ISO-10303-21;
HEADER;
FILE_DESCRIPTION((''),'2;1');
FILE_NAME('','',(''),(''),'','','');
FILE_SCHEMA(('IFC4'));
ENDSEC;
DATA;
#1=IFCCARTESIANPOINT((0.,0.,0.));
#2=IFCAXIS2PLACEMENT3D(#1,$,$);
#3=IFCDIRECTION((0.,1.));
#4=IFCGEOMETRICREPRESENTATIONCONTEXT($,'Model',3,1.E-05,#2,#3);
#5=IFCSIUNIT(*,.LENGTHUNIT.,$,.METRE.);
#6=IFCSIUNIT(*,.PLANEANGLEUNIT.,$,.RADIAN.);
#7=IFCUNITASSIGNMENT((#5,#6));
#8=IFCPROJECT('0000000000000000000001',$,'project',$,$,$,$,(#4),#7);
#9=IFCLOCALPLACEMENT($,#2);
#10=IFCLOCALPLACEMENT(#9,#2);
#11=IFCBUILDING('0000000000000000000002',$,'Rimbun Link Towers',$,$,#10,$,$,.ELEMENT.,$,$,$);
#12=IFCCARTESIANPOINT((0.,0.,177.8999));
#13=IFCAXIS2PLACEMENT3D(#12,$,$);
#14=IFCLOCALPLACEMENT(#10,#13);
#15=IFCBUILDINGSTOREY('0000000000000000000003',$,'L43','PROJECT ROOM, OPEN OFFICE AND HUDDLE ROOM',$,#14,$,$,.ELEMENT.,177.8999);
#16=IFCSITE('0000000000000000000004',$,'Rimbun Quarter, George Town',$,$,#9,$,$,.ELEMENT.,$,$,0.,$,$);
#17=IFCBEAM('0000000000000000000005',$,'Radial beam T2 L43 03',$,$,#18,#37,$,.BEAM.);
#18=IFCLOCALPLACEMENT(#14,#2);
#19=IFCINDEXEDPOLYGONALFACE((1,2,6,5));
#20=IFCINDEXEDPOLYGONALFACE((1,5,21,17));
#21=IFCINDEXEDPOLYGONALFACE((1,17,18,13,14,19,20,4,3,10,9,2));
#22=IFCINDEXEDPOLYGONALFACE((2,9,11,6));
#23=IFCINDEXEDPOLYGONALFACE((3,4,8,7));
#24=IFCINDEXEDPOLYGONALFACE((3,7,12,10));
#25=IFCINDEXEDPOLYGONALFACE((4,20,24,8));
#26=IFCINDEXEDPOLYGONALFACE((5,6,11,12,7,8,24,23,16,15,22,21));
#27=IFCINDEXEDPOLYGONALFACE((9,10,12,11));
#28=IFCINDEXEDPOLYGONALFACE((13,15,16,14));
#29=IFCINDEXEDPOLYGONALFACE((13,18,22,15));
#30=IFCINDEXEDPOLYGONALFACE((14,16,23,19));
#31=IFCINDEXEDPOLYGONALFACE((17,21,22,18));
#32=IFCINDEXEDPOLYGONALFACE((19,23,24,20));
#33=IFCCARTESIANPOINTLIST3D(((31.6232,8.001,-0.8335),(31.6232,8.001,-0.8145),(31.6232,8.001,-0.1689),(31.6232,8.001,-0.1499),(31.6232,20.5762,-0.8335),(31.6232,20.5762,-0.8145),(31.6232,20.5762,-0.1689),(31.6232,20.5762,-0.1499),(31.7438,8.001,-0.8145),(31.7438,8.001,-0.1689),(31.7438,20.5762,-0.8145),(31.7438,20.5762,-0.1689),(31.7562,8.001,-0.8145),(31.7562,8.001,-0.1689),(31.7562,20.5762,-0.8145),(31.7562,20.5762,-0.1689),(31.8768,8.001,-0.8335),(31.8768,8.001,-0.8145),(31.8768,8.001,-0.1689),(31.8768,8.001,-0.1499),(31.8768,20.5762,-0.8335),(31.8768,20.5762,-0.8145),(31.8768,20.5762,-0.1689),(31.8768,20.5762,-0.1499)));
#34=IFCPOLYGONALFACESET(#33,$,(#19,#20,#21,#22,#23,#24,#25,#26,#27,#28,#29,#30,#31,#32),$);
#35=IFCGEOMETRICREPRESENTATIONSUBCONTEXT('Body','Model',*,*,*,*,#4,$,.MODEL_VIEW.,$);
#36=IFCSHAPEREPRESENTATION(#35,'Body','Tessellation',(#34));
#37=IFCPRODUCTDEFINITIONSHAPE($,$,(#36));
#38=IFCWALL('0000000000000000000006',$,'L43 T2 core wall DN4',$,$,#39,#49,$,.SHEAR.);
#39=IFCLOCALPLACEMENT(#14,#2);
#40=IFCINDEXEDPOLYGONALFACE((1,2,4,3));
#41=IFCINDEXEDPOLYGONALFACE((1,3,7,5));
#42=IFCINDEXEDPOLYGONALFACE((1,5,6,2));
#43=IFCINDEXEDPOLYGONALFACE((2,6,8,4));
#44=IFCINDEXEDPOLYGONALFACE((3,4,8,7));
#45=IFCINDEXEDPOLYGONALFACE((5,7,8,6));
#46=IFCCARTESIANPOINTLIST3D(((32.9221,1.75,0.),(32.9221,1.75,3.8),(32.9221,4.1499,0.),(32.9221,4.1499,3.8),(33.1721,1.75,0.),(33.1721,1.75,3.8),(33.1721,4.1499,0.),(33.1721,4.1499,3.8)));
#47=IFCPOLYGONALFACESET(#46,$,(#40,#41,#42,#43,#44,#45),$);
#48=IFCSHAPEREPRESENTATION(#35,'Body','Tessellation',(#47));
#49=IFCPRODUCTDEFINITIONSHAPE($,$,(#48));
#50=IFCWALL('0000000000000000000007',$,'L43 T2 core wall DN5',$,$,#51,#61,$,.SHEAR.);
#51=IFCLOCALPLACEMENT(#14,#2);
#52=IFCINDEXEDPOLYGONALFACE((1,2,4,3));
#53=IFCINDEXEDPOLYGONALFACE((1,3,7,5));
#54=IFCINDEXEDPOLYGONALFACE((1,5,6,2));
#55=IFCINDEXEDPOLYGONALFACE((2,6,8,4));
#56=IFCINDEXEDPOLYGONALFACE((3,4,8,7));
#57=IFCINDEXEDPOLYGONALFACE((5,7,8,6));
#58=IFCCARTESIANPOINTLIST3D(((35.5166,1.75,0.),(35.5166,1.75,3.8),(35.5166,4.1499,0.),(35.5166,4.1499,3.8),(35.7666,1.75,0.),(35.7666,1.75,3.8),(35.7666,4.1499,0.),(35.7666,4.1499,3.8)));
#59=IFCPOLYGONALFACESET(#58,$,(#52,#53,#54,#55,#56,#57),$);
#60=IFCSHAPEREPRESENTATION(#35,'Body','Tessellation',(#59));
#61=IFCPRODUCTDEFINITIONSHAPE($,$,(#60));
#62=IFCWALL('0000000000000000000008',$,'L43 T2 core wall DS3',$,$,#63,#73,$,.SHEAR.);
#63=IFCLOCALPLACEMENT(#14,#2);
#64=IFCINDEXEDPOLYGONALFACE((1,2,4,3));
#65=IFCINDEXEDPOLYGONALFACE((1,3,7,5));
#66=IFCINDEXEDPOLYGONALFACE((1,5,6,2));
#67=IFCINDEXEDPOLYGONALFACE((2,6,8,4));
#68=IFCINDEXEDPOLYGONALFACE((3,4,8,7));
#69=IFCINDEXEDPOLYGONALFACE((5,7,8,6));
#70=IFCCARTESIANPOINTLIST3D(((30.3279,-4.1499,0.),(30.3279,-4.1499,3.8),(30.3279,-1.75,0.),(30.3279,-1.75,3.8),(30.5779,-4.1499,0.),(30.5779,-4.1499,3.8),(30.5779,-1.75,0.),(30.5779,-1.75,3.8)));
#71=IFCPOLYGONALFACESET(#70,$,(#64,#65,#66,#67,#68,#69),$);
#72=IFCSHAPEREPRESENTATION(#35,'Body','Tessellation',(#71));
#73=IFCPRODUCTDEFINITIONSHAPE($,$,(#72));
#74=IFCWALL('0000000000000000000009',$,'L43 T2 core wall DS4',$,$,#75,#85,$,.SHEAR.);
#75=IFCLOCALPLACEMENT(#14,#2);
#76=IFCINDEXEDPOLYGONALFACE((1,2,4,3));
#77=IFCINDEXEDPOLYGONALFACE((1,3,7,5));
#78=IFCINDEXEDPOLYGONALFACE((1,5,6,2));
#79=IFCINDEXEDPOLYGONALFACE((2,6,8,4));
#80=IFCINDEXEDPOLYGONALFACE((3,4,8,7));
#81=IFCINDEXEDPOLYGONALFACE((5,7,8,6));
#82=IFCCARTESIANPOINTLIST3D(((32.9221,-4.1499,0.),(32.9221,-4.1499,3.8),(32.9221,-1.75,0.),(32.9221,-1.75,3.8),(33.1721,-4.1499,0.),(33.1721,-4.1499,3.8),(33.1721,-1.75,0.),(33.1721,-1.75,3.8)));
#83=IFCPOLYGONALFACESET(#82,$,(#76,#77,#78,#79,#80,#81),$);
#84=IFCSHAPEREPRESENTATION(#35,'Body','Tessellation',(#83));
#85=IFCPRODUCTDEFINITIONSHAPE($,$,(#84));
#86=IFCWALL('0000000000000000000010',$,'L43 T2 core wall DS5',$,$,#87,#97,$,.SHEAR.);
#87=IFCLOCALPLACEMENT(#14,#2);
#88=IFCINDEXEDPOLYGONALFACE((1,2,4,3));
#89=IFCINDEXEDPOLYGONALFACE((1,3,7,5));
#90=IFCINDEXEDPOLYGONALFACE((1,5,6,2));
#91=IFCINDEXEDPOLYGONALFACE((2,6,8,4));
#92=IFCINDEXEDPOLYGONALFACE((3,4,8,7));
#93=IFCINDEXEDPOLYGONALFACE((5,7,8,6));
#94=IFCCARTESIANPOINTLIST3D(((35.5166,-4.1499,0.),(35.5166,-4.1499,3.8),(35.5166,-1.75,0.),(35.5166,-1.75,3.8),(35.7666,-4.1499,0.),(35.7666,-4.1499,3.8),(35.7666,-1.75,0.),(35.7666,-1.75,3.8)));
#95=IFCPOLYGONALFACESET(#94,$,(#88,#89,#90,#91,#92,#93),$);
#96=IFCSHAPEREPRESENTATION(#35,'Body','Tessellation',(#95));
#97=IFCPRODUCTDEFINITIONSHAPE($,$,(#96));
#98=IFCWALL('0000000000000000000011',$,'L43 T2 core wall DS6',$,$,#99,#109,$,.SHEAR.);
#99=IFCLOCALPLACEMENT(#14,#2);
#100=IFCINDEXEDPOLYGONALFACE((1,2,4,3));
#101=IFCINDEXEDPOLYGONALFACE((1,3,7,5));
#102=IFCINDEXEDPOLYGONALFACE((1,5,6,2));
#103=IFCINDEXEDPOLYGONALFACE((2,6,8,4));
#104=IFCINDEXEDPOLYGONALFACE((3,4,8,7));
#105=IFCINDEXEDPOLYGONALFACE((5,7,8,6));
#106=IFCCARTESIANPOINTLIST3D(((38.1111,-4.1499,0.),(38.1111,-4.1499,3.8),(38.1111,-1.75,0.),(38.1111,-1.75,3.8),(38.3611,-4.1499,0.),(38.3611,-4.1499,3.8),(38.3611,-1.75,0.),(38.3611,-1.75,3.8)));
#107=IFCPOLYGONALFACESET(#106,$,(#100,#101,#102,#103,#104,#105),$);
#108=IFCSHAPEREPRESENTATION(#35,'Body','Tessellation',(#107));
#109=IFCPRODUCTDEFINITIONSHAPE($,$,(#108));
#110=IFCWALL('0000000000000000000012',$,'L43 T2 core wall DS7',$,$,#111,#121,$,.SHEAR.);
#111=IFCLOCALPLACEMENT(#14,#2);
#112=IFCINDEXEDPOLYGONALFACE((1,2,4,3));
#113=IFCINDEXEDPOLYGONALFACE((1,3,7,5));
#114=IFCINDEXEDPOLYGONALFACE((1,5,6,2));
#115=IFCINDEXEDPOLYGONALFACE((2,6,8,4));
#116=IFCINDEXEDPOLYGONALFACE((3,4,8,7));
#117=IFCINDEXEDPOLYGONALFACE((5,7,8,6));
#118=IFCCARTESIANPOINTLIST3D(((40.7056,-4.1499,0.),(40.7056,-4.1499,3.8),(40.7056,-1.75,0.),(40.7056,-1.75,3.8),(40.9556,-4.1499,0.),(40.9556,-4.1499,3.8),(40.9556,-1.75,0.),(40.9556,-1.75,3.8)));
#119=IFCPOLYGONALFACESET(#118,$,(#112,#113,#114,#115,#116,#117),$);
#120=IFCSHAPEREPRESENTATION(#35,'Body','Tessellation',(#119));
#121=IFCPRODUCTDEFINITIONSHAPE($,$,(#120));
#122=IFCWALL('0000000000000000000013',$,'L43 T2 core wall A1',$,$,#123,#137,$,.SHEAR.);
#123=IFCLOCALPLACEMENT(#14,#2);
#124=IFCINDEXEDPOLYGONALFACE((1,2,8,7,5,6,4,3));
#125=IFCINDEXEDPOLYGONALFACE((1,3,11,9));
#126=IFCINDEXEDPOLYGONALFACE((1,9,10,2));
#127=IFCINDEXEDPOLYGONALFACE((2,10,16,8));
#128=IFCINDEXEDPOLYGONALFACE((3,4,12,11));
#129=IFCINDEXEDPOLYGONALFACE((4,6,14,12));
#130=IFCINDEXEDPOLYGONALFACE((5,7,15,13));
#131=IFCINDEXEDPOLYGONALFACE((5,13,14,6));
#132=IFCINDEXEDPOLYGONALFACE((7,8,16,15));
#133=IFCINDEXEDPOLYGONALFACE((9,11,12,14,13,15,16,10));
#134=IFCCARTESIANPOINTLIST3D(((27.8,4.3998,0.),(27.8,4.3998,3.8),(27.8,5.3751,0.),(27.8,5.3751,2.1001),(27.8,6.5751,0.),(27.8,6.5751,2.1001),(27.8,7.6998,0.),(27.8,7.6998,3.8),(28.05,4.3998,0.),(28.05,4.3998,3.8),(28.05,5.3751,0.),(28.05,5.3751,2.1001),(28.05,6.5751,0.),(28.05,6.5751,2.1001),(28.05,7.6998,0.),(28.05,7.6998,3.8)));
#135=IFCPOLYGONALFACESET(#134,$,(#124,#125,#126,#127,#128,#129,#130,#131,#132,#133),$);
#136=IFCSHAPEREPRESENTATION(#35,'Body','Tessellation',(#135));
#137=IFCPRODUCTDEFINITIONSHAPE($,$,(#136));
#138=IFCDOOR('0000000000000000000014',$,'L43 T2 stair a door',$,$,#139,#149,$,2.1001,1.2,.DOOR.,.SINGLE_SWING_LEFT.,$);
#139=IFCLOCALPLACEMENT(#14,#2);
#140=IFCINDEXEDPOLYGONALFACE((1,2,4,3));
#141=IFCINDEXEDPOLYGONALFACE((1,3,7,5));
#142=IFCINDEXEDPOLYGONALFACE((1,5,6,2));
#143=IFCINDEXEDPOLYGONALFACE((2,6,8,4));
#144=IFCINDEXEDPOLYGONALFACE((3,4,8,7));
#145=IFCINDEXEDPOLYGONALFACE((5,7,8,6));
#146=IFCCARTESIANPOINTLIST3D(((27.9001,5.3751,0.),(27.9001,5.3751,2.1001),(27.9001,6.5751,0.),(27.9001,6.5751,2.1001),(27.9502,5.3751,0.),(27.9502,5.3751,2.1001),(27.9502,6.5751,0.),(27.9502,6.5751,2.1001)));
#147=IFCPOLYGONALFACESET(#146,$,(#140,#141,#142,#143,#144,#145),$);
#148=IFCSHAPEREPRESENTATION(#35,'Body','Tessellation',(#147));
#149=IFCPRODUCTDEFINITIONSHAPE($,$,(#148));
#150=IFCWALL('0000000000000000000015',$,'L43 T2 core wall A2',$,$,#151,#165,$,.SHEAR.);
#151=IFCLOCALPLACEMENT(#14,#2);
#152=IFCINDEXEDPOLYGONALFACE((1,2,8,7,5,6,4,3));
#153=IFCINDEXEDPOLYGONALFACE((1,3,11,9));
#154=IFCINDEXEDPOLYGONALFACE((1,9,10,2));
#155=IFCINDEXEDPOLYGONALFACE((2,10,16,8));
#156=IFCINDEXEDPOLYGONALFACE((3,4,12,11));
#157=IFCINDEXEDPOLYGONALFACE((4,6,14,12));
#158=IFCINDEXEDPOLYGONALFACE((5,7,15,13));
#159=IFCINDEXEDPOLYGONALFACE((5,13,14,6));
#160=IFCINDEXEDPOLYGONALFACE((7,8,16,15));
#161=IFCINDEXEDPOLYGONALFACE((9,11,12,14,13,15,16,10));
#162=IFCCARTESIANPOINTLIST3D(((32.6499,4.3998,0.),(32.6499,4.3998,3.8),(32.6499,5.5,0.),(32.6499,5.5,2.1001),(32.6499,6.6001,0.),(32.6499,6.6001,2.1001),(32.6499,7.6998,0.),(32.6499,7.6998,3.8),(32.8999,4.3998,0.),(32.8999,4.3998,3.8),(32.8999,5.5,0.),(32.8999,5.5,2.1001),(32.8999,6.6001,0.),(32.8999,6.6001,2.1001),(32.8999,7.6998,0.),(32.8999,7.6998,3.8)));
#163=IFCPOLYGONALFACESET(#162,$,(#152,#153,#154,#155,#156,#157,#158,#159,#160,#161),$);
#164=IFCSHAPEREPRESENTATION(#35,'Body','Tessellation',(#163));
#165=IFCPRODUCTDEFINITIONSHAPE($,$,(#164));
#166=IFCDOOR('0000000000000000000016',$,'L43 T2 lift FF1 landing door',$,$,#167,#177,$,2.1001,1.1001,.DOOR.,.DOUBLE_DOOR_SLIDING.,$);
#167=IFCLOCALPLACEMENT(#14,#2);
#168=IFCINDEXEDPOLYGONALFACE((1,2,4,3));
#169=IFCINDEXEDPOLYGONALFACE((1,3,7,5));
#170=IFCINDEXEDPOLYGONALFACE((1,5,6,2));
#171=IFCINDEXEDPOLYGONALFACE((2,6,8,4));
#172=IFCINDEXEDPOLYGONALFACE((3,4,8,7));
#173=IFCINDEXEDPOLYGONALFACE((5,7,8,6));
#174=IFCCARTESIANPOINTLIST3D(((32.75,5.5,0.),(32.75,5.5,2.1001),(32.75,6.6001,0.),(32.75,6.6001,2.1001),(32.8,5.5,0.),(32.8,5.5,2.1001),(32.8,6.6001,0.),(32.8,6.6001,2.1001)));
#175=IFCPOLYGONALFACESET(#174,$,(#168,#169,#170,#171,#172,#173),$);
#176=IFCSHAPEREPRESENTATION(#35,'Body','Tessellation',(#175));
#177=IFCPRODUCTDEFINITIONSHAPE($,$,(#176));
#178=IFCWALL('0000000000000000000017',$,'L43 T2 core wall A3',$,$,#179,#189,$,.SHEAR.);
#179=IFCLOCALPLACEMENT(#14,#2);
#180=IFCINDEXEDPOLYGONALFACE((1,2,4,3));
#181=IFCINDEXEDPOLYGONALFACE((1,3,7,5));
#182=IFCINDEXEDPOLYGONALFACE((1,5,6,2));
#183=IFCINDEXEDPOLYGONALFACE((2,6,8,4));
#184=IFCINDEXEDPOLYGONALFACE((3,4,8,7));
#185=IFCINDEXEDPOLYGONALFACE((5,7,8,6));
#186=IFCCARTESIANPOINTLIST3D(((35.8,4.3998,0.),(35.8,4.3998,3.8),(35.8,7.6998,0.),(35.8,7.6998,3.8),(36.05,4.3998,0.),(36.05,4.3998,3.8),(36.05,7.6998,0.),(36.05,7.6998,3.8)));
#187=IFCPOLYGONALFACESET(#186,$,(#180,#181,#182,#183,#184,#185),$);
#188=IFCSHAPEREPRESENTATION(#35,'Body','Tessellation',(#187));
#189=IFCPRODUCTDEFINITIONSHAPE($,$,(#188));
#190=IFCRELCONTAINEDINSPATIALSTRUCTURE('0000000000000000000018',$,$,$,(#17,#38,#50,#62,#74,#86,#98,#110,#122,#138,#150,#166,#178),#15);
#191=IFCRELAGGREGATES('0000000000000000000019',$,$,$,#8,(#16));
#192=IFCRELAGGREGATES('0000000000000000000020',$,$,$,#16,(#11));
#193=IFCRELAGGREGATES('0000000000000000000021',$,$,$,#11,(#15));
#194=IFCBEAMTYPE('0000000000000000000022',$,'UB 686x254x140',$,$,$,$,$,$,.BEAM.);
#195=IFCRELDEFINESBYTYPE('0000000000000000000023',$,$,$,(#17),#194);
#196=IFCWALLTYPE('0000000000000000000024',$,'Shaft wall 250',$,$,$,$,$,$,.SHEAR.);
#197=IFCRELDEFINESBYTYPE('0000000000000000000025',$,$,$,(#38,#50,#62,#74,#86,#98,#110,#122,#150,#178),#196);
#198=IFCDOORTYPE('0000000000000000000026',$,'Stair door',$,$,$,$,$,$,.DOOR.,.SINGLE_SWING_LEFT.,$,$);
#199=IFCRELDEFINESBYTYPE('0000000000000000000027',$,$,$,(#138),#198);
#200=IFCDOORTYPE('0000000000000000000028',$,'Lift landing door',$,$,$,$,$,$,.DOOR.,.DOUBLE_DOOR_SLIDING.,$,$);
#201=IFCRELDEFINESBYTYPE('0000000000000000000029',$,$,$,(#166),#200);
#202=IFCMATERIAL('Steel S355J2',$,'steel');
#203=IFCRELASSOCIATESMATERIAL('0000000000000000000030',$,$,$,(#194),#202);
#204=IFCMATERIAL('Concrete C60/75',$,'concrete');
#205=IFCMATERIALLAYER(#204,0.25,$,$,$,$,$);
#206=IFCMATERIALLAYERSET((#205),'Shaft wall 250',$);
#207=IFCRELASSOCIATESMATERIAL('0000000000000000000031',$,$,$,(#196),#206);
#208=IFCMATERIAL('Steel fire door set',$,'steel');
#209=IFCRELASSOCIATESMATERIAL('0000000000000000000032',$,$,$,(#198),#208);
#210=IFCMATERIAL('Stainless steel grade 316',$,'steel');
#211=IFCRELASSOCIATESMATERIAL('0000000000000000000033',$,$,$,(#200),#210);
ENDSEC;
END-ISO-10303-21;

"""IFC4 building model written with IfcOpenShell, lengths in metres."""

from ifc_helpers import new_model, si_unit, direction, frame, frame_2d, origin, origin_2d, place, context, subcontext, project, spatial, rectangle, i_section, extrude, material, layer, layer_set, material_profile, profile_set, type_object, element, fill, save


model = new_model("IFC4")

# Units and contexts
model_context = context("Model", 3, precision=1e-05, world=origin(), true_north=direction((0.0, 1.0)))
body_context = subcontext(model_context, "Body", "Model", "MODEL_VIEW")
ifc_project = project(units=[si_unit("LENGTHUNIT", "METRE"), si_unit("PLANEANGLEUNIT", "RADIAN")], contexts=[model_context])

# Site, building, storey
site_placement = place(None, origin())
site = spatial("IfcSite", under=ifc_project, at=site_placement, Name="Rimbun Quarter, George Town", CompositionType="ELEMENT", RefElevation=0.0)
building_placement = place(site_placement, origin())
building = spatial("IfcBuilding", under=site, at=building_placement, Name="Rimbun Link Towers", CompositionType="ELEMENT")
storey_placement = place(building_placement, frame((0.0, 0.0, 177.8999)))
storey = spatial("IfcBuildingStorey", under=building, at=storey_placement, Name="L43", Description="PROJECT ROOM, OPEN OFFICE AND HUDDLE ROOM", CompositionType="ELEMENT", Elevation=177.8999)

# Beam
ifc_material_1 = material(Name="Steel S355J2", Category="steel")
ifc_material_profile = material_profile(ifc_material_1, i_section(OverallWidth=0.2537, OverallDepth=0.6836, WebThickness=0.0125, FlangeThickness=0.019, at=origin_2d()), Name="UB 686x254x140")
ifc_profile_set = profile_set([ifc_material_profile], Name="Steel S355J2")
beam_type = type_object("IfcBeamType", Name="UB 686x254x140", PredefinedType="BEAM", material=ifc_profile_set)
beam_placement = place(storey_placement, frame((31.75, 8.001, -0.4917), z_axis=(0.0, 1.0, 0.0), x_axis=(-1.0, 0.0, 0.0)))
element("IfcBeam", 1, at=beam_placement, inside=storey, type_object=beam_type, Name="Radial beam T2 L43 03", PredefinedType="BEAM", context=body_context, shape_type="SweptSolid", body=[
    extrude(i_section(OverallWidth=0.2537, OverallDepth=0.6836, WebThickness=0.0125, FlangeThickness=0.019, at=origin_2d()), origin(), (0.0, 0.0, 1.0), 12.5752),
])

# Walls
ifc_material_2 = material(Name="Concrete C60/75", Category="concrete")
ifc_layer = layer(ifc_material_2, 0.25)
ifc_layer_set = layer_set([ifc_layer], Name="Shaft wall 250")
wall_type = type_object("IfcWallType", Name="Shaft wall 250", PredefinedType="SHEAR", material=ifc_layer_set)
for number, where, z_axis, x_axis, name in (
    (2, (33.0471, 1.75, 0.0), (0.0, 0.0, 1.0), (0.0, 1.0, 0.0), "L43 T2 core wall DN4"),
    (3, (35.6416, 1.75, 0.0), (0.0, 0.0, 1.0), (0.0, 1.0, 0.0), "L43 T2 core wall DN5"),
    (4, (30.4529, -4.1499, 0.0), (0.0, 0.0, 1.0), (0.0, 1.0, 0.0), "L43 T2 core wall DS3"),
    (5, (33.0471, -4.1499, 0.0), (0.0, 0.0, 1.0), (0.0, 1.0, 0.0), "L43 T2 core wall DS4"),
    (6, (35.6416, -4.1499, 0.0), (0.0, 0.0, 1.0), (0.0, 1.0, 0.0), "L43 T2 core wall DS5"),
    (7, (38.2361, -4.1499, 0.0), (0.0, 0.0, 1.0), (0.0, 1.0, 0.0), "L43 T2 core wall DS6"),
    (8, (40.8306, -4.1499, 0.0), (0.0, 0.0, 1.0), (0.0, 1.0, 0.0), "L43 T2 core wall DS7"),
):
    element("IfcWall", number, at=place(storey_placement, frame(where, z_axis=z_axis, x_axis=x_axis)), inside=storey, type_object=wall_type, Name=name, PredefinedType="SHEAR", context=body_context, shape_type="SweptSolid", body=[
        extrude(rectangle(XDim=2.3999, YDim=0.25, at=frame_2d((1.2, 0.0))), origin(), (0.0, 0.0, 1.0), 3.8),
    ])

# Walls, openings, doors
wall_1_placement = place(storey_placement, frame((27.925, 4.3999, 0.0), z_axis=(0.0, 0.0, 1.0), x_axis=(0.0, 1.0, 0.0)))
wall_1 = element("IfcWall", 9, at=wall_1_placement, inside=storey, type_object=wall_type, Name="L43 T2 core wall A1", PredefinedType="SHEAR", context=body_context, shape_type="SweptSolid", body=[
    extrude(rectangle(XDim=3.3, YDim=0.25, at=frame_2d((1.6499, 0.0))), origin(), (0.0, 0.0, 1.0), 3.8),
])
opening_1_placement = place(wall_1_placement, frame((0.9751, 0.0, 0.0)))
opening_1 = element("IfcOpeningElement", 10, at=opening_1_placement, cuts=wall_1, PredefinedType="OPENING", context=body_context, shape_type="SweptSolid", body=[
    extrude(rectangle(XDim=1.2, YDim=2.1001, at=frame_2d((0.6001, 1.05))), frame((0.0, 0.135, 0.0), z_axis=(0.0, -1.0, 0.0), x_axis=(1.0, 0.0, 0.0)), (0.0, 0.0, 1.0), 0.27),
])
ifc_material_3 = material(Name="Steel fire door set", Category="steel")
door_type_1 = type_object("IfcDoorType", Name="Stair door", OperationType="SINGLE_SWING_LEFT", PredefinedType="DOOR", material=ifc_material_3)
door_1_placement = place(opening_1_placement, origin())
door_1 = element("IfcDoor", 11, at=door_1_placement, inside=storey, type_object=door_type_1, Name="L43 T2 stair a door", OperationType="SINGLE_SWING_LEFT", OverallHeight=2.1001, OverallWidth=1.2, PredefinedType="DOOR", context=body_context, shape_type="SweptSolid", body=[
    extrude(rectangle(XDim=1.2, YDim=2.1001, at=frame_2d((0.6001, 1.05))), frame((0.0, 0.0249, 0.0), z_axis=(0.0, -1.0, 0.0), x_axis=(1.0, 0.0, 0.0)), (0.0, 0.0, 1.0), 0.05),
])
fill(opening_1, door_1)
wall_2_placement = place(storey_placement, frame((32.7749, 4.3999, 0.0), z_axis=(0.0, 0.0, 1.0), x_axis=(0.0, 1.0, 0.0)))
wall_2 = element("IfcWall", 12, at=wall_2_placement, inside=storey, type_object=wall_type, Name="L43 T2 core wall A2", PredefinedType="SHEAR", context=body_context, shape_type="SweptSolid", body=[
    extrude(rectangle(XDim=3.3, YDim=0.25, at=frame_2d((1.6499, 0.0))), origin(), (0.0, 0.0, 1.0), 3.8),
])
opening_2_placement = place(wall_2_placement, frame((1.1001, 0.0, 0.0)))
opening_2 = element("IfcOpeningElement", 13, at=opening_2_placement, cuts=wall_2, PredefinedType="OPENING", context=body_context, shape_type="SweptSolid", body=[
    extrude(rectangle(XDim=1.1001, YDim=2.1001, at=frame_2d((0.55, 1.05))), frame((0.0, 0.135, 0.0), z_axis=(0.0, -1.0, 0.0), x_axis=(1.0, 0.0, 0.0)), (0.0, 0.0, 1.0), 0.27),
])
ifc_material_4 = material(Name="Stainless steel grade 316", Category="steel")
door_type_2 = type_object("IfcDoorType", Name="Lift landing door", OperationType="DOUBLE_DOOR_SLIDING", PredefinedType="DOOR", material=ifc_material_4)
door_2_placement = place(opening_2_placement, origin())
door_2 = element("IfcDoor", 14, at=door_2_placement, inside=storey, type_object=door_type_2, Name="L43 T2 lift FF1 landing door", OperationType="DOUBLE_DOOR_SLIDING", OverallHeight=2.1001, OverallWidth=1.1001, PredefinedType="DOOR", context=body_context, shape_type="SweptSolid", body=[
    extrude(rectangle(XDim=1.1001, YDim=2.1001, at=frame_2d((0.55, 1.05))), frame((0.0, 0.0249, 0.0), z_axis=(0.0, -1.0, 0.0), x_axis=(1.0, 0.0, 0.0)), (0.0, 0.0, 1.0), 0.05),
])
fill(opening_2, door_2)

# Wall
wall_3_placement = place(storey_placement, frame((35.925, 4.3999, 0.0), z_axis=(0.0, 0.0, 1.0), x_axis=(0.0, 1.0, 0.0)))
element("IfcWall", 15, at=wall_3_placement, inside=storey, type_object=wall_type, Name="L43 T2 core wall A3", PredefinedType="SHEAR", context=body_context, shape_type="SweptSolid", body=[
    extrude(rectangle(XDim=3.3, YDim=0.25, at=frame_2d((1.6499, 0.0))), origin(), (0.0, 0.0, 1.0), 3.8),
])

save(model, "model.ifc")
